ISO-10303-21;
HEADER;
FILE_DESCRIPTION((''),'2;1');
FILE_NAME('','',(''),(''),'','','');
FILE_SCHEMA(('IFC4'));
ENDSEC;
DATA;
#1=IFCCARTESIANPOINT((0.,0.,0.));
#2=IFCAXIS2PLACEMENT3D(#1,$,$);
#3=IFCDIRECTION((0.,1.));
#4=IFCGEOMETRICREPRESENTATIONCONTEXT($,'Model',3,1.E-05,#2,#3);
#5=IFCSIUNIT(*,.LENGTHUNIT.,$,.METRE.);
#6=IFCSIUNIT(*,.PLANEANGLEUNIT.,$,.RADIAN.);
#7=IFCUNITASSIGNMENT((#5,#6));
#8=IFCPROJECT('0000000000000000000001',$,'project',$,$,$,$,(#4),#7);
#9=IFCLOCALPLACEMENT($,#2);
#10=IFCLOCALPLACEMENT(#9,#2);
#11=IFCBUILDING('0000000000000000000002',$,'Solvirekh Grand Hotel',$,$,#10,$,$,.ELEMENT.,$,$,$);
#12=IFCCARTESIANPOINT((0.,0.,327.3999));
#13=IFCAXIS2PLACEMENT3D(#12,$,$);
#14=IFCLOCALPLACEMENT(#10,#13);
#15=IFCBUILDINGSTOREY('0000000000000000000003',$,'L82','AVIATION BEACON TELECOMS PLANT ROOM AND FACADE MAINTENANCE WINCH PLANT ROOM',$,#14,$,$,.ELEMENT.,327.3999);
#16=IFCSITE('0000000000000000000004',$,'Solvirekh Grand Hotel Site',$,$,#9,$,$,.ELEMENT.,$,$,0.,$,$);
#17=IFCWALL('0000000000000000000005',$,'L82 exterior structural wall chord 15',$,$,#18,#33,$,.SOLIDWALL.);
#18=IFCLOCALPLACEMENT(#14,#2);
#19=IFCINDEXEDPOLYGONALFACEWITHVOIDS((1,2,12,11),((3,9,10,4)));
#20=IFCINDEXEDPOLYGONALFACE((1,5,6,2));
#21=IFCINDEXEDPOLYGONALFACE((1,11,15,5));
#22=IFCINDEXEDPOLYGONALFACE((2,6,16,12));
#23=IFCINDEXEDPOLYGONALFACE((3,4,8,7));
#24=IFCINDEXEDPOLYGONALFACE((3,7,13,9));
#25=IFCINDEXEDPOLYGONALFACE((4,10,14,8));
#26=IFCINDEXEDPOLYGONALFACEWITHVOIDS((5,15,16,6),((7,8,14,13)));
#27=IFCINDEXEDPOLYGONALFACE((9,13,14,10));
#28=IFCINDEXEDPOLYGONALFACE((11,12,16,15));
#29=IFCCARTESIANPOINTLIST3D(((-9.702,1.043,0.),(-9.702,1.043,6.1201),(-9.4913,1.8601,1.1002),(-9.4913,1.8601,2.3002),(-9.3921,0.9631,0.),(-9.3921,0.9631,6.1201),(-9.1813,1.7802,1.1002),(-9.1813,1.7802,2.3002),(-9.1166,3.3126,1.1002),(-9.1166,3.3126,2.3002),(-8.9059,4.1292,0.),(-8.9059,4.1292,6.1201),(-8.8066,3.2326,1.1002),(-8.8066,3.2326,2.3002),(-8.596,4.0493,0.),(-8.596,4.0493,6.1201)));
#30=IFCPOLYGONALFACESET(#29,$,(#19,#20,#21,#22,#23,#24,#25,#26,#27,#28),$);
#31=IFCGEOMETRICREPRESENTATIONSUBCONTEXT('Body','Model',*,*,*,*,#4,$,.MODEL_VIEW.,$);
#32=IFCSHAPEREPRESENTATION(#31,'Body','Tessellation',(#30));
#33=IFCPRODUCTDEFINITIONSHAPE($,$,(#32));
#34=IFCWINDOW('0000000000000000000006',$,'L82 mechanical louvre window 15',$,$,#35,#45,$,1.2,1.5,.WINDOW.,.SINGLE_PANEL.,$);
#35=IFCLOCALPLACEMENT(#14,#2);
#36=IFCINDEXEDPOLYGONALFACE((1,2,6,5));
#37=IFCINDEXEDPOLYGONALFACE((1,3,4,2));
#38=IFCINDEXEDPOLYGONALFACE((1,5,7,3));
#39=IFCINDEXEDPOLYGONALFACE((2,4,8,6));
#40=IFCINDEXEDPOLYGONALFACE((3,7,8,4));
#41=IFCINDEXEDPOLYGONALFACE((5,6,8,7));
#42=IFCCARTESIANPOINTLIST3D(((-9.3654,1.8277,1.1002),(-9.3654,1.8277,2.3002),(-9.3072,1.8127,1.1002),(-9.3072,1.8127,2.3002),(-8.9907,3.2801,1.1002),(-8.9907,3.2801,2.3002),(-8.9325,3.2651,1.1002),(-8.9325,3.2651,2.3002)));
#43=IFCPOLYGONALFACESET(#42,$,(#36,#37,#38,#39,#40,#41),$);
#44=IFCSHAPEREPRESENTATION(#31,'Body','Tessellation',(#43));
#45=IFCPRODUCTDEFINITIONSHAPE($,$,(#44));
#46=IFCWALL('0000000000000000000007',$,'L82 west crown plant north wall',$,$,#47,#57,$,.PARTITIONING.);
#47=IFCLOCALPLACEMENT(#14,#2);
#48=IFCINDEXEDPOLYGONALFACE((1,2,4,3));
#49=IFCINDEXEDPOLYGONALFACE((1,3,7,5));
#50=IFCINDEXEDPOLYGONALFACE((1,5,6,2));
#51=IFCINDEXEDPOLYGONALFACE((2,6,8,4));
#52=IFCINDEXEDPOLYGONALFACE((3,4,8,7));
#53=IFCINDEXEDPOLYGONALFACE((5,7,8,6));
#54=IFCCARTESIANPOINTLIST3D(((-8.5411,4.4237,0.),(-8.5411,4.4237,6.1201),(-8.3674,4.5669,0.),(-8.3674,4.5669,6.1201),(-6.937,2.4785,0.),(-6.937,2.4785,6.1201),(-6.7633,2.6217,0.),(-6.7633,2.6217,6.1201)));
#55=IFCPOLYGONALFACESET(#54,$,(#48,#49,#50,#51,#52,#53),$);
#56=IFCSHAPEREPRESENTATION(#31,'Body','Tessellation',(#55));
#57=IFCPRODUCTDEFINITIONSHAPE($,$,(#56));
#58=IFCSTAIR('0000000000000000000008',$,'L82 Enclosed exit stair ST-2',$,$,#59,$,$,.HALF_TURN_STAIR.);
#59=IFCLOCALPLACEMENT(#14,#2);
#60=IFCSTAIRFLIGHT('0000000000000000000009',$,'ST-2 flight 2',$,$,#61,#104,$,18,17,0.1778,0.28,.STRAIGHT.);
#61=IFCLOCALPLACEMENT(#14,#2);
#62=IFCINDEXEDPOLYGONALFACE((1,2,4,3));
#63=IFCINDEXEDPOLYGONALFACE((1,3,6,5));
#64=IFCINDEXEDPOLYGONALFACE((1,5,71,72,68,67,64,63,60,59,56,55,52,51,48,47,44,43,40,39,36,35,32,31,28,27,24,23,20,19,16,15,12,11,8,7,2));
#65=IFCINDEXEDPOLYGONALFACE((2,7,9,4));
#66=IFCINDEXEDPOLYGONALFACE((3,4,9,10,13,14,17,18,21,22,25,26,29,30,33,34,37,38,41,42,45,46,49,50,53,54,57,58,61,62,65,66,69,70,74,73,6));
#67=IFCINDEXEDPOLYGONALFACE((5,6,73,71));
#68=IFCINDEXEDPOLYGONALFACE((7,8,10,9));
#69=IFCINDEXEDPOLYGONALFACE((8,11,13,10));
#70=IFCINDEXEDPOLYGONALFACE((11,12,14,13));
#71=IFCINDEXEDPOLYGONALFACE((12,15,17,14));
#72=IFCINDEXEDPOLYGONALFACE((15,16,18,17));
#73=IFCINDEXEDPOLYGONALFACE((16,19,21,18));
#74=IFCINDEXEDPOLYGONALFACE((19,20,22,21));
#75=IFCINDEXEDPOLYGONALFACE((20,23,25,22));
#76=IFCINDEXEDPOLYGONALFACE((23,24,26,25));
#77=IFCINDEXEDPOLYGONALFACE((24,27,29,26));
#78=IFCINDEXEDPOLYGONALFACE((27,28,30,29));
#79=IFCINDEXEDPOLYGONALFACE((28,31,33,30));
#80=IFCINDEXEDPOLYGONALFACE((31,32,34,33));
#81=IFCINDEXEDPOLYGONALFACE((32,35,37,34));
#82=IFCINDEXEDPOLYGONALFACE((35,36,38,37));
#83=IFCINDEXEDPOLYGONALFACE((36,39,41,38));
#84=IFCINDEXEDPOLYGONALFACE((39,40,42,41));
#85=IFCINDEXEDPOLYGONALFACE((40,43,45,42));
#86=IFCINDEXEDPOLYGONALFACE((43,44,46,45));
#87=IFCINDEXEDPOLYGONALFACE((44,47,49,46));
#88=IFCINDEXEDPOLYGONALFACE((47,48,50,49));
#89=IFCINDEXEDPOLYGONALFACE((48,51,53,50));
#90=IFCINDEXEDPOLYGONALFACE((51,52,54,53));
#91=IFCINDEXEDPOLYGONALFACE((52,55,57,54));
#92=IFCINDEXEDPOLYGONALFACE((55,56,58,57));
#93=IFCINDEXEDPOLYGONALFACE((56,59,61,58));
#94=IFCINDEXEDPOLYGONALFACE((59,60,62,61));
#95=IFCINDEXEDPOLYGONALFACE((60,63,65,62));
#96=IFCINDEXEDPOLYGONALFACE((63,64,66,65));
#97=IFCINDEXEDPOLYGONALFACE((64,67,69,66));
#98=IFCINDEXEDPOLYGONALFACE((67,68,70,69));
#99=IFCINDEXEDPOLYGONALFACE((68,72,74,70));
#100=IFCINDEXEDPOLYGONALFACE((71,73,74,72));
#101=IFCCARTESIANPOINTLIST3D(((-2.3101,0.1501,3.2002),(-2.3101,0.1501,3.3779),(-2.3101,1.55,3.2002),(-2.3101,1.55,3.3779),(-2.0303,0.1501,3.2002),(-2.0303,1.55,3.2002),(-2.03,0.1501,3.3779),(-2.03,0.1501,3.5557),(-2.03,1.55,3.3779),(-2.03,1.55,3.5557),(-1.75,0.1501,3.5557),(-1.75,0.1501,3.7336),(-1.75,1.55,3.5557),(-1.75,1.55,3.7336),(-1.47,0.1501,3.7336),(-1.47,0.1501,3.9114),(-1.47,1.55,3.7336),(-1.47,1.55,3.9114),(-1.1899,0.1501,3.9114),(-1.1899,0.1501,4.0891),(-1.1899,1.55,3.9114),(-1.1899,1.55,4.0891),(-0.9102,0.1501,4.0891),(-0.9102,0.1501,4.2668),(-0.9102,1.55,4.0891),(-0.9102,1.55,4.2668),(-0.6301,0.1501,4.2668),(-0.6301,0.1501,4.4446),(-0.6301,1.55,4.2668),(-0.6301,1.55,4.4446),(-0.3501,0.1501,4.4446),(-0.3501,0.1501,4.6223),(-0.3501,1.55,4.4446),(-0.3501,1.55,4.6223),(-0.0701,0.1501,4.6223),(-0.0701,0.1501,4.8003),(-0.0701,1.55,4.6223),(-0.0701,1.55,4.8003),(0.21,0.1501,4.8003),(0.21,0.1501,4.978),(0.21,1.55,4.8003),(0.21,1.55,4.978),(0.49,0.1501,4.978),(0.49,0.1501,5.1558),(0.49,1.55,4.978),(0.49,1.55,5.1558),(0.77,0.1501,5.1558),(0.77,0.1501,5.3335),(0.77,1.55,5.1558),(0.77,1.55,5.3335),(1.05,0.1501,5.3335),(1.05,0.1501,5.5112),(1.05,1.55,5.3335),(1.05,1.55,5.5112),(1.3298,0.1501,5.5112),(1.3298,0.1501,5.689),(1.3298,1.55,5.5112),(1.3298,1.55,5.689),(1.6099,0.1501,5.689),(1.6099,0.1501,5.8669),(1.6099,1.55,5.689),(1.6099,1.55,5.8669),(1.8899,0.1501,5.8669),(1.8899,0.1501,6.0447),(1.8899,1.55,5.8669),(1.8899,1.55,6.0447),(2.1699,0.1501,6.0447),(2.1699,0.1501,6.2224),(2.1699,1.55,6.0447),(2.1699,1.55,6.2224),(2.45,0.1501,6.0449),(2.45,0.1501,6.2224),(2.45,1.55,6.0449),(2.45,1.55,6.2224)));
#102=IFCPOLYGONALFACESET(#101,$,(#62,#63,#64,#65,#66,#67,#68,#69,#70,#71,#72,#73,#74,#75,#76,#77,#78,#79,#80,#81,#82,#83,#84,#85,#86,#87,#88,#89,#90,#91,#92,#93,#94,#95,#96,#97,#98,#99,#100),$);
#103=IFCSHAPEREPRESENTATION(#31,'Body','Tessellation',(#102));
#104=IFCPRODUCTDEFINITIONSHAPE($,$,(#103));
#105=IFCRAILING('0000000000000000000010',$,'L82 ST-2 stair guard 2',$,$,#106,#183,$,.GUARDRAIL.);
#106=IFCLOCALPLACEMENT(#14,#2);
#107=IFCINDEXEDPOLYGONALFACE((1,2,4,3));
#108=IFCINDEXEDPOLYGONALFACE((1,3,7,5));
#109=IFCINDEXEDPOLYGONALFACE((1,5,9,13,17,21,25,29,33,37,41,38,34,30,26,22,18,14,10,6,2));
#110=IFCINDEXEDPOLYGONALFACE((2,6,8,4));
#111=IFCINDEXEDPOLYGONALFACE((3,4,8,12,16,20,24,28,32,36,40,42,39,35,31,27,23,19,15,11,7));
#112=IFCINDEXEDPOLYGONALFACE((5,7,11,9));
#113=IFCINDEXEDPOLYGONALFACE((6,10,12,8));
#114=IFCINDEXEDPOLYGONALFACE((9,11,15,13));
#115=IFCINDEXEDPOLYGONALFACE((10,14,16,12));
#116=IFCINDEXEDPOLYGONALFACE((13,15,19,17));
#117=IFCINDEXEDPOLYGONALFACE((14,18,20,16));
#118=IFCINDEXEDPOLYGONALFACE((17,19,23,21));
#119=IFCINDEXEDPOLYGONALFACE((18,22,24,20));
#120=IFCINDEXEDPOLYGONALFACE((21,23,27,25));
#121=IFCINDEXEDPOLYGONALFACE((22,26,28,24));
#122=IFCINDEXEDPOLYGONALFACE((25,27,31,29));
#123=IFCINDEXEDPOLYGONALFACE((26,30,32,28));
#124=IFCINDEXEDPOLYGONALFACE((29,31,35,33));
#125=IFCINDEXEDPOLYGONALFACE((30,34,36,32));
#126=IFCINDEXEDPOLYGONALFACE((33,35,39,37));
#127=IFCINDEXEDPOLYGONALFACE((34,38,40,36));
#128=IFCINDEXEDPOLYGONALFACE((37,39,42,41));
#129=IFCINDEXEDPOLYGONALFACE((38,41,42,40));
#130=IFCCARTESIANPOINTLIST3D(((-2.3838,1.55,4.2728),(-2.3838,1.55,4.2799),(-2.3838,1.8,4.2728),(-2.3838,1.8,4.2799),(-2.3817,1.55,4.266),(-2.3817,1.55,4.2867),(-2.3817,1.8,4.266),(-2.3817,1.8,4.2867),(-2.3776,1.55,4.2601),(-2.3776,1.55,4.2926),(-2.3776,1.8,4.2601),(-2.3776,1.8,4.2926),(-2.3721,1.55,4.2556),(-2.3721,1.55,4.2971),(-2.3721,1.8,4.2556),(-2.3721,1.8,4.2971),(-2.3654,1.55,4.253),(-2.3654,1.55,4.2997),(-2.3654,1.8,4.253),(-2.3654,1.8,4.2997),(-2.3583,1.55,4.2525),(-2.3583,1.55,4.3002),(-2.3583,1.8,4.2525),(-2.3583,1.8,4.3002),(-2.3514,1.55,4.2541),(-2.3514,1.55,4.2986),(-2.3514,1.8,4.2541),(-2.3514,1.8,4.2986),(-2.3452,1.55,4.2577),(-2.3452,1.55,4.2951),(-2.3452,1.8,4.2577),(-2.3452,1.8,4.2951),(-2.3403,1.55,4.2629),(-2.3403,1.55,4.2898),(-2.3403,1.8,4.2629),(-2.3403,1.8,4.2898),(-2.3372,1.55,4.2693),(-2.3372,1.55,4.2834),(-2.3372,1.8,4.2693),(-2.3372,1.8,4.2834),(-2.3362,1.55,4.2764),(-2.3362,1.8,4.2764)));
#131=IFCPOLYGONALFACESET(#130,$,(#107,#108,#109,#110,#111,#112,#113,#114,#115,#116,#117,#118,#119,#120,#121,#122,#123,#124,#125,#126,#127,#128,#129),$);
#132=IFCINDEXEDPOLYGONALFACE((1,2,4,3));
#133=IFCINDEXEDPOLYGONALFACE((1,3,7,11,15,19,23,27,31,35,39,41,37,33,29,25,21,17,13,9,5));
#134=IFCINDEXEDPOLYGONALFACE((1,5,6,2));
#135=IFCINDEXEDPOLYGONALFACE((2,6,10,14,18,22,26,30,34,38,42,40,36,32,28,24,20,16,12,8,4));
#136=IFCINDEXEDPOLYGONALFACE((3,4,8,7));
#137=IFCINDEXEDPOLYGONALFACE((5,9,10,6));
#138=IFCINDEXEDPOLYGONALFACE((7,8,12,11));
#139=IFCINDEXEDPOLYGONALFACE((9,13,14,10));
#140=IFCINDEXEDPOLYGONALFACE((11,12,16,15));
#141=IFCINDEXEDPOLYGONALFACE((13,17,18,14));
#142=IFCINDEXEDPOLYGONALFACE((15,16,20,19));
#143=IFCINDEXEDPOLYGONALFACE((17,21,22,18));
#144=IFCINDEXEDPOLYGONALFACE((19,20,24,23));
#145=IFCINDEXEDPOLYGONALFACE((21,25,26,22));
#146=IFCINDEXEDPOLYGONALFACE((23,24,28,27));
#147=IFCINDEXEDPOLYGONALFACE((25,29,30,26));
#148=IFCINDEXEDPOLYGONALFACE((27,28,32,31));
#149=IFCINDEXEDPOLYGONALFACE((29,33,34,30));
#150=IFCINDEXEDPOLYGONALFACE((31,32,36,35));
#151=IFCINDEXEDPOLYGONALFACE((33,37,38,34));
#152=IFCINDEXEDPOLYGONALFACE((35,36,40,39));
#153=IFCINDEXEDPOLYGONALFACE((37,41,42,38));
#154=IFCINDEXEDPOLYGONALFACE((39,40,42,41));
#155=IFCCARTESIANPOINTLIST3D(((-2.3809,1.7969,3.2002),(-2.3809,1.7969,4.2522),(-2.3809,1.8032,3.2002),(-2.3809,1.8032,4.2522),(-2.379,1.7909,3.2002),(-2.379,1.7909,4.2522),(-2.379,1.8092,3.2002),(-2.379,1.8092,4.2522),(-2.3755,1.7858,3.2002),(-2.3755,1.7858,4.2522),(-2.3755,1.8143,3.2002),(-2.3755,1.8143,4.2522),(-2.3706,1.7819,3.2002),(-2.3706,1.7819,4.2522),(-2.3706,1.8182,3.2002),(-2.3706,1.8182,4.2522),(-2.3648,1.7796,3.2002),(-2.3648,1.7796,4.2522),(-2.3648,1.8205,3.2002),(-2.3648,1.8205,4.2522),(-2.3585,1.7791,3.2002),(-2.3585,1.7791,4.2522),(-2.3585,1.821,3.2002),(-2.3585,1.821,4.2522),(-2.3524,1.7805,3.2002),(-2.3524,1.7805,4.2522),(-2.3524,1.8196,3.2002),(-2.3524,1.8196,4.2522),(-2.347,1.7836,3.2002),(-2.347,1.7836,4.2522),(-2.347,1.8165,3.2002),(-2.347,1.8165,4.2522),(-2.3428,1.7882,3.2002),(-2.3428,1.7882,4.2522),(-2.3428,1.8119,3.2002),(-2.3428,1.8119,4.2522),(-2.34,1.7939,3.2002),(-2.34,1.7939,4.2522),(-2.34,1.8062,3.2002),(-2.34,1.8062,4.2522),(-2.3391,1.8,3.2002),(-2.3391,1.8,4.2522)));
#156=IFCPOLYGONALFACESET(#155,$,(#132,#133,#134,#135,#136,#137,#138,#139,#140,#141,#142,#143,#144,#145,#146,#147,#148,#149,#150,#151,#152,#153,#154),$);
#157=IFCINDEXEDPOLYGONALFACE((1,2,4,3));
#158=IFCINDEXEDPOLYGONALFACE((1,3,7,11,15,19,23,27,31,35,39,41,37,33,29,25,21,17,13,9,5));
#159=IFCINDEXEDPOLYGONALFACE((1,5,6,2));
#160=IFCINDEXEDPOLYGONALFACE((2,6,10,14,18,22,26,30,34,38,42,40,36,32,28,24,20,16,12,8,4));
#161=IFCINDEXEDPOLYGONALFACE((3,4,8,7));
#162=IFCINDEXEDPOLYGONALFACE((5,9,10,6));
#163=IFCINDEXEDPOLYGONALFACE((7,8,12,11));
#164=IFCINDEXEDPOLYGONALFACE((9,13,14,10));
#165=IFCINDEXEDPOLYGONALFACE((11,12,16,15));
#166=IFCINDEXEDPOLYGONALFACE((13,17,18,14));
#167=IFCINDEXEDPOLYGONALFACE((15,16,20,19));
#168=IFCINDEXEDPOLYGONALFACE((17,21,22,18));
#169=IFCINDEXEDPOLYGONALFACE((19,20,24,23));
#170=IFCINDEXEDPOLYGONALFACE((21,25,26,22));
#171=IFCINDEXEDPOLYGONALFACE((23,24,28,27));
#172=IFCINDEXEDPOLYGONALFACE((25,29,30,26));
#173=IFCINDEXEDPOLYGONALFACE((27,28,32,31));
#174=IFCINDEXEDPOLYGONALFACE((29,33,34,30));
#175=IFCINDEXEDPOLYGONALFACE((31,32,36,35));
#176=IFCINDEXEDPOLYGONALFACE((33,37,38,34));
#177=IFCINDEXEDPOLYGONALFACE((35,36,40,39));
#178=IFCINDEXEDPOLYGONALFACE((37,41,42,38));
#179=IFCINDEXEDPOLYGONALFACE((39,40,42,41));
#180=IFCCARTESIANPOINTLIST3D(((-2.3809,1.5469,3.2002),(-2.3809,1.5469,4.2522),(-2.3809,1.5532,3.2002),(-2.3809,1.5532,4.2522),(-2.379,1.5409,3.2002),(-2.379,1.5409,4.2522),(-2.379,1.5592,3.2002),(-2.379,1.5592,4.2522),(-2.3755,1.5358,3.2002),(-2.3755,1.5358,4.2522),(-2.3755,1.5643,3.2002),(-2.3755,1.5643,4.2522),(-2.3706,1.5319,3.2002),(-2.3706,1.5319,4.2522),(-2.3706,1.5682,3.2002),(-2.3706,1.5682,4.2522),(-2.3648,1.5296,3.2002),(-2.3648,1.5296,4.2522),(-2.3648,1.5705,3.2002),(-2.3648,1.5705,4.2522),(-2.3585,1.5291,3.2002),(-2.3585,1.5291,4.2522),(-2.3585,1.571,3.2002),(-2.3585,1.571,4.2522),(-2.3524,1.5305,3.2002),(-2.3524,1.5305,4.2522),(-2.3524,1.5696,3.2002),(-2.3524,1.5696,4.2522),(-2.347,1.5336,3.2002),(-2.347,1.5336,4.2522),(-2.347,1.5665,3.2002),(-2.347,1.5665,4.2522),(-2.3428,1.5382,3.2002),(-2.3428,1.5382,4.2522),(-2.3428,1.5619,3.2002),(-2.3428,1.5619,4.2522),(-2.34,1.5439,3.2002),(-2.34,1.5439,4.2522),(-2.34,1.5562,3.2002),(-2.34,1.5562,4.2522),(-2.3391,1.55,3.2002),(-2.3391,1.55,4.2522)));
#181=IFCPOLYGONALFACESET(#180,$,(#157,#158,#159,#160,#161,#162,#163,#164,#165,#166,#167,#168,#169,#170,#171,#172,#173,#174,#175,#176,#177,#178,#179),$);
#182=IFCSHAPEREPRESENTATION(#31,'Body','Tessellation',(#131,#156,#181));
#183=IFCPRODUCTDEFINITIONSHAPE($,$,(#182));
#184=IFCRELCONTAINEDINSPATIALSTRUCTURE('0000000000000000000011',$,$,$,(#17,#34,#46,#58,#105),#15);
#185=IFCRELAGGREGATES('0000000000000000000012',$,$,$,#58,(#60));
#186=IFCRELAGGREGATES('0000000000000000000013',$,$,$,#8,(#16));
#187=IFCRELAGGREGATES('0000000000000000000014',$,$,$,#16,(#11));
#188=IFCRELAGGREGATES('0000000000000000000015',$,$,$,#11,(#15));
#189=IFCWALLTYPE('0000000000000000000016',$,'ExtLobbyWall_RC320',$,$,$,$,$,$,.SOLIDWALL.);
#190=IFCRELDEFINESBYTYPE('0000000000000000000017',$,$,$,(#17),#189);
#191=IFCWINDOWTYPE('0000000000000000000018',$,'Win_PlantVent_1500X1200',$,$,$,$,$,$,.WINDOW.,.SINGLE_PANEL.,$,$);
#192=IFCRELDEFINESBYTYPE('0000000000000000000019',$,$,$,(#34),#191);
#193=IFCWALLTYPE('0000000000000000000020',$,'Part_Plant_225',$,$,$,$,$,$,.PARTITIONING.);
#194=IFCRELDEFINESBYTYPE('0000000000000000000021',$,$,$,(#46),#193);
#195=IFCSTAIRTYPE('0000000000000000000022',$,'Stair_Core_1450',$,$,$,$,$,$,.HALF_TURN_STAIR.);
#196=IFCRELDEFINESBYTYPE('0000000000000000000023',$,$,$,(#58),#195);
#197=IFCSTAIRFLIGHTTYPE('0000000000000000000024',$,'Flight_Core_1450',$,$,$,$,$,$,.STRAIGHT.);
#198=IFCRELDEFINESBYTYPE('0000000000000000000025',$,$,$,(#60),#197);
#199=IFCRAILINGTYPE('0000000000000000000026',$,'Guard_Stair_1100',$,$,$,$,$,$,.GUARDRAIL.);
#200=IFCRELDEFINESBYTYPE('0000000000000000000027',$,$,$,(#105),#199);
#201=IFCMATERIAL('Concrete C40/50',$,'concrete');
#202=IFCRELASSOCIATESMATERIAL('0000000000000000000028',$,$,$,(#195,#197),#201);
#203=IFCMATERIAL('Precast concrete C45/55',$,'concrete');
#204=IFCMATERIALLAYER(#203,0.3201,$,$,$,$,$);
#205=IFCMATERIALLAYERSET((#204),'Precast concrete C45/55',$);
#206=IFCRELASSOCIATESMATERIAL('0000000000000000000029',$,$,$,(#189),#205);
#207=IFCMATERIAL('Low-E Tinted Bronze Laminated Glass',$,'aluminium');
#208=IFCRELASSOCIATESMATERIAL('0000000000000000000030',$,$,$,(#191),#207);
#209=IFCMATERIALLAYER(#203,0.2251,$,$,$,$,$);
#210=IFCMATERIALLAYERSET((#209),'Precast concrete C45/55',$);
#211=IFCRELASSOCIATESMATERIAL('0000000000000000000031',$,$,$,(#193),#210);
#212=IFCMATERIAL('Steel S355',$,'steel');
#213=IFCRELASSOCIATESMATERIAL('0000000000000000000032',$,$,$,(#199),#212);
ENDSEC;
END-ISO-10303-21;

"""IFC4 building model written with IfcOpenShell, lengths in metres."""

from ifc_helpers import new_model, si_unit, direction, frame, frame_2d, origin, origin_2d, place, context, subcontext, project, spatial, polyline, rectangle, circle, outline, extrude, material, layer, layer_set, type_object, element, fill, aggregate, save


model = new_model("IFC4")

# Units and contexts
model_context = context("Model", 3, precision=1e-05, world=origin(), true_north=direction((0.0, 1.0)))
body_context = subcontext(model_context, "Body", "Model", "MODEL_VIEW")
ifc_project = project(units=[si_unit("LENGTHUNIT", "METRE"), si_unit("PLANEANGLEUNIT", "RADIAN")], contexts=[model_context])

# Site, building, storey
site_placement = place(None, origin())
site = spatial("IfcSite", under=ifc_project, at=site_placement, Name="Solvirekh Grand Hotel Site", CompositionType="ELEMENT", RefElevation=0.0)
building_placement = place(site_placement, origin())
building = spatial("IfcBuilding", under=site, at=building_placement, Name="Solvirekh Grand Hotel", CompositionType="ELEMENT")
storey_placement = place(building_placement, frame((0.0, 0.0, 327.3999)))
storey = spatial("IfcBuildingStorey", under=building, at=storey_placement, Name="L82", Description="AVIATION BEACON TELECOMS PLANT ROOM AND FACADE MAINTENANCE WINCH PLANT ROOM", CompositionType="ELEMENT", Elevation=327.3999)

# Shared definitions
ifc_material_1 = material(Name="Steel S355", Category="steel")

# Shared definitions
ifc_material_2 = material(Name="Concrete C40/50", Category="concrete")
stair_type = type_object("IfcStairType", Name="Stair_Core_1450", PredefinedType="HALF_TURN_STAIR", material=ifc_material_2)

# Wall, opening, window
ifc_material_3 = material(Name="Precast concrete C45/55", Category="concrete")
ifc_layer_1 = layer(ifc_material_3, 0.3201)
ifc_layer_set_1 = layer_set([ifc_layer_1], Name="Precast concrete C45/55")
wall_type_1 = type_object("IfcWallType", Name="ExtLobbyWall_RC320", PredefinedType="SOLIDWALL", material=ifc_layer_set_1)
wall_1_placement = place(storey_placement, frame((-9.5471, 1.0029, 0.0), z_axis=(0.0, 0.0, 1.0), x_axis=(0.249792, 0.968299, 0.0)))
wall_1 = element("IfcWall", 1, at=wall_1_placement, inside=storey, type_object=wall_type_1, Name="L82 exterior structural wall chord 15", PredefinedType="SOLIDWALL", context=body_context, shape_type="SweptSolid", body=[
    extrude(rectangle(XDim=3.1873, YDim=0.3201, at=frame_2d((1.5938, 0.0))), origin(), (0.0, 0.0, 1.0), 6.1201),
])
opening_1_placement = place(wall_1_placement, frame((0.844, 0.0, 1.1001)))
opening_1 = element("IfcOpeningElement", 2, at=opening_1_placement, cuts=wall_1, PredefinedType="OPENING", context=body_context, shape_type="SweptSolid", body=[
    extrude(rectangle(XDim=1.5, YDim=1.2, at=frame_2d((0.75, 0.6001))), frame((0.0, 0.1699, 0.0), z_axis=(0.0, -1.0, 0.0), x_axis=(1.0, 0.0, 0.0)), (0.0, 0.0, 1.0), 0.3401),
])
ifc_material_4 = material(Name="Low-E Tinted Bronze Laminated Glass", Category="aluminium")
window_type = type_object("IfcWindowType", Name="Win_PlantVent_1500X1200", PartitioningType="SINGLE_PANEL", PredefinedType="WINDOW", material=ifc_material_4)
window_placement = place(opening_1_placement, origin())
window = element("IfcWindow", 3, at=window_placement, inside=storey, type_object=window_type, Name="L82 mechanical louvre window 15", OverallHeight=1.2, OverallWidth=1.5, PartitioningType="SINGLE_PANEL", PredefinedType="WINDOW", context=body_context, shape_type="SweptSolid", body=[
    extrude(rectangle(XDim=1.5, YDim=1.2, at=frame_2d((0.75, 0.6001))), frame((0.0, 0.03, 0.0), z_axis=(0.0, -1.0, 0.0), x_axis=(1.0, 0.0, 0.0)), (0.0, 0.0, 1.0), 0.0601),
])
fill(opening_1, window)

# Wall
ifc_layer_2 = layer(ifc_material_3, 0.2251)
ifc_layer_set_2 = layer_set([ifc_layer_2], Name="Precast concrete C45/55")
wall_type_2 = type_object("IfcWallType", Name="Part_Plant_225", PredefinedType="PARTITIONING", material=ifc_layer_set_2)
wall_2_placement = place(storey_placement, frame((-6.8501, 2.55, 0.0), z_axis=(0.0, 0.0, 1.0), x_axis=(-0.636223, 0.771505, 0.0)))
element("IfcWall", 4, at=wall_2_placement, inside=storey, type_object=wall_type_2, Name="L82 west crown plant north wall", PredefinedType="PARTITIONING", context=body_context, shape_type="SweptSolid", body=[
    extrude(rectangle(XDim=2.5212, YDim=0.2251, at=frame_2d((1.2607, 0.0))), origin(), (0.0, 0.0, 1.0), 6.1201),
])

# Stair, stair flight
stair_1_placement = place(storey_placement, origin())
stair_1 = element("IfcStair", 5, at=stair_1_placement, inside=storey, type_object=stair_type, Name="L82 Enclosed exit stair ST-2", PredefinedType="HALF_TURN_STAIR")
stair_flight_type = type_object("IfcStairFlightType", Name="Flight_Core_1450", PredefinedType="STRAIGHT", material=ifc_material_2)
stair_flight_placement = place(storey_placement, frame((-2.3101, 0.8501, 3.2002), z_axis=(0.0, 0.0, 1.0), x_axis=(1.0, 0.0, 0.0)))
stair_flight = element("IfcStairFlight", 6, at=stair_flight_placement, type_object=stair_flight_type, Name="ST-2 flight 2", NumberOfRisers=18, NumberOfTreads=17, PredefinedType="STRAIGHT", RiserHeight=0.1778, TreadLength=0.28, context=body_context, shape_type="SweptSolid", body=[
    extrude(outline(polyline([(0.0, 0.0), (0.0, 0.1777), (0.28, 0.1777), (0.28, 0.3555), (0.5601, 0.3555), (0.5601, 0.5334), (0.8401, 0.5334), (0.8401, 0.7112), (1.1201, 0.7112), (1.1201, 0.8889), (1.3999, 0.8889), (1.3999, 1.0667), (1.6799, 1.0667), (1.6799, 1.2444), (1.96, 1.2444), (1.96, 1.4221), (2.24, 1.4221), (2.24, 1.6001), (2.52, 1.6001), (2.52, 1.7778), (2.8, 1.7778), (2.8, 1.9556), (3.0801, 1.9556), (3.0801, 2.1333), (3.3601, 2.1333), (3.3601, 2.311), (3.6399, 2.311), (3.6399, 2.4888), (3.9199, 2.4888), (3.9199, 2.6667), (4.2, 2.6667), (4.2, 2.8445), (4.48, 2.8445), (4.48, 3.0222), (4.76, 3.0222), (4.76, 3.2), (4.76, 2.8447), (0.2798, 0.0), (0.0, 0.0)])), frame((0.0, 0.7, 0.0), z_axis=(0.0, -1.0, 0.0), x_axis=(1.0, 0.0, 0.0)), (0.0, 0.0, 1.0), 1.3999),
])
aggregate(stair_1, [stair_flight])

# Railing
railing_type_1 = type_object("IfcRailingType", Name="Guard_Stair_1100", PredefinedType="GUARDRAIL", material=ifc_material_1)
railing_1_placement = place(storey_placement, frame((-2.3601, 1.8, 3.2002)))
element("IfcRailing", 7, at=railing_1_placement, inside=storey, type_object=railing_type_1, Name="L82 ST-2 stair guard 2", PredefinedType="GUARDRAIL", context=body_context, shape_type="SweptSolid", body=[
    extrude(circle(Radius=0.0239, at=origin_2d()), frame((0.0, 0.0, 1.0762), z_axis=(0.0, -1.0, 0.0), x_axis=(1.0, 0.0, 0.0)), (0.0, 0.0, 1.0), 0.25),
    extrude(circle(Radius=0.021, at=origin_2d()), origin(), (0.0, 0.0, 1.0), 1.052),
    extrude(circle(Radius=0.021, at=origin_2d()), frame((0.0, -0.25, 0.0)), (0.0, 0.0, 1.0), 1.052),
])

save(model, "model.ifc")
